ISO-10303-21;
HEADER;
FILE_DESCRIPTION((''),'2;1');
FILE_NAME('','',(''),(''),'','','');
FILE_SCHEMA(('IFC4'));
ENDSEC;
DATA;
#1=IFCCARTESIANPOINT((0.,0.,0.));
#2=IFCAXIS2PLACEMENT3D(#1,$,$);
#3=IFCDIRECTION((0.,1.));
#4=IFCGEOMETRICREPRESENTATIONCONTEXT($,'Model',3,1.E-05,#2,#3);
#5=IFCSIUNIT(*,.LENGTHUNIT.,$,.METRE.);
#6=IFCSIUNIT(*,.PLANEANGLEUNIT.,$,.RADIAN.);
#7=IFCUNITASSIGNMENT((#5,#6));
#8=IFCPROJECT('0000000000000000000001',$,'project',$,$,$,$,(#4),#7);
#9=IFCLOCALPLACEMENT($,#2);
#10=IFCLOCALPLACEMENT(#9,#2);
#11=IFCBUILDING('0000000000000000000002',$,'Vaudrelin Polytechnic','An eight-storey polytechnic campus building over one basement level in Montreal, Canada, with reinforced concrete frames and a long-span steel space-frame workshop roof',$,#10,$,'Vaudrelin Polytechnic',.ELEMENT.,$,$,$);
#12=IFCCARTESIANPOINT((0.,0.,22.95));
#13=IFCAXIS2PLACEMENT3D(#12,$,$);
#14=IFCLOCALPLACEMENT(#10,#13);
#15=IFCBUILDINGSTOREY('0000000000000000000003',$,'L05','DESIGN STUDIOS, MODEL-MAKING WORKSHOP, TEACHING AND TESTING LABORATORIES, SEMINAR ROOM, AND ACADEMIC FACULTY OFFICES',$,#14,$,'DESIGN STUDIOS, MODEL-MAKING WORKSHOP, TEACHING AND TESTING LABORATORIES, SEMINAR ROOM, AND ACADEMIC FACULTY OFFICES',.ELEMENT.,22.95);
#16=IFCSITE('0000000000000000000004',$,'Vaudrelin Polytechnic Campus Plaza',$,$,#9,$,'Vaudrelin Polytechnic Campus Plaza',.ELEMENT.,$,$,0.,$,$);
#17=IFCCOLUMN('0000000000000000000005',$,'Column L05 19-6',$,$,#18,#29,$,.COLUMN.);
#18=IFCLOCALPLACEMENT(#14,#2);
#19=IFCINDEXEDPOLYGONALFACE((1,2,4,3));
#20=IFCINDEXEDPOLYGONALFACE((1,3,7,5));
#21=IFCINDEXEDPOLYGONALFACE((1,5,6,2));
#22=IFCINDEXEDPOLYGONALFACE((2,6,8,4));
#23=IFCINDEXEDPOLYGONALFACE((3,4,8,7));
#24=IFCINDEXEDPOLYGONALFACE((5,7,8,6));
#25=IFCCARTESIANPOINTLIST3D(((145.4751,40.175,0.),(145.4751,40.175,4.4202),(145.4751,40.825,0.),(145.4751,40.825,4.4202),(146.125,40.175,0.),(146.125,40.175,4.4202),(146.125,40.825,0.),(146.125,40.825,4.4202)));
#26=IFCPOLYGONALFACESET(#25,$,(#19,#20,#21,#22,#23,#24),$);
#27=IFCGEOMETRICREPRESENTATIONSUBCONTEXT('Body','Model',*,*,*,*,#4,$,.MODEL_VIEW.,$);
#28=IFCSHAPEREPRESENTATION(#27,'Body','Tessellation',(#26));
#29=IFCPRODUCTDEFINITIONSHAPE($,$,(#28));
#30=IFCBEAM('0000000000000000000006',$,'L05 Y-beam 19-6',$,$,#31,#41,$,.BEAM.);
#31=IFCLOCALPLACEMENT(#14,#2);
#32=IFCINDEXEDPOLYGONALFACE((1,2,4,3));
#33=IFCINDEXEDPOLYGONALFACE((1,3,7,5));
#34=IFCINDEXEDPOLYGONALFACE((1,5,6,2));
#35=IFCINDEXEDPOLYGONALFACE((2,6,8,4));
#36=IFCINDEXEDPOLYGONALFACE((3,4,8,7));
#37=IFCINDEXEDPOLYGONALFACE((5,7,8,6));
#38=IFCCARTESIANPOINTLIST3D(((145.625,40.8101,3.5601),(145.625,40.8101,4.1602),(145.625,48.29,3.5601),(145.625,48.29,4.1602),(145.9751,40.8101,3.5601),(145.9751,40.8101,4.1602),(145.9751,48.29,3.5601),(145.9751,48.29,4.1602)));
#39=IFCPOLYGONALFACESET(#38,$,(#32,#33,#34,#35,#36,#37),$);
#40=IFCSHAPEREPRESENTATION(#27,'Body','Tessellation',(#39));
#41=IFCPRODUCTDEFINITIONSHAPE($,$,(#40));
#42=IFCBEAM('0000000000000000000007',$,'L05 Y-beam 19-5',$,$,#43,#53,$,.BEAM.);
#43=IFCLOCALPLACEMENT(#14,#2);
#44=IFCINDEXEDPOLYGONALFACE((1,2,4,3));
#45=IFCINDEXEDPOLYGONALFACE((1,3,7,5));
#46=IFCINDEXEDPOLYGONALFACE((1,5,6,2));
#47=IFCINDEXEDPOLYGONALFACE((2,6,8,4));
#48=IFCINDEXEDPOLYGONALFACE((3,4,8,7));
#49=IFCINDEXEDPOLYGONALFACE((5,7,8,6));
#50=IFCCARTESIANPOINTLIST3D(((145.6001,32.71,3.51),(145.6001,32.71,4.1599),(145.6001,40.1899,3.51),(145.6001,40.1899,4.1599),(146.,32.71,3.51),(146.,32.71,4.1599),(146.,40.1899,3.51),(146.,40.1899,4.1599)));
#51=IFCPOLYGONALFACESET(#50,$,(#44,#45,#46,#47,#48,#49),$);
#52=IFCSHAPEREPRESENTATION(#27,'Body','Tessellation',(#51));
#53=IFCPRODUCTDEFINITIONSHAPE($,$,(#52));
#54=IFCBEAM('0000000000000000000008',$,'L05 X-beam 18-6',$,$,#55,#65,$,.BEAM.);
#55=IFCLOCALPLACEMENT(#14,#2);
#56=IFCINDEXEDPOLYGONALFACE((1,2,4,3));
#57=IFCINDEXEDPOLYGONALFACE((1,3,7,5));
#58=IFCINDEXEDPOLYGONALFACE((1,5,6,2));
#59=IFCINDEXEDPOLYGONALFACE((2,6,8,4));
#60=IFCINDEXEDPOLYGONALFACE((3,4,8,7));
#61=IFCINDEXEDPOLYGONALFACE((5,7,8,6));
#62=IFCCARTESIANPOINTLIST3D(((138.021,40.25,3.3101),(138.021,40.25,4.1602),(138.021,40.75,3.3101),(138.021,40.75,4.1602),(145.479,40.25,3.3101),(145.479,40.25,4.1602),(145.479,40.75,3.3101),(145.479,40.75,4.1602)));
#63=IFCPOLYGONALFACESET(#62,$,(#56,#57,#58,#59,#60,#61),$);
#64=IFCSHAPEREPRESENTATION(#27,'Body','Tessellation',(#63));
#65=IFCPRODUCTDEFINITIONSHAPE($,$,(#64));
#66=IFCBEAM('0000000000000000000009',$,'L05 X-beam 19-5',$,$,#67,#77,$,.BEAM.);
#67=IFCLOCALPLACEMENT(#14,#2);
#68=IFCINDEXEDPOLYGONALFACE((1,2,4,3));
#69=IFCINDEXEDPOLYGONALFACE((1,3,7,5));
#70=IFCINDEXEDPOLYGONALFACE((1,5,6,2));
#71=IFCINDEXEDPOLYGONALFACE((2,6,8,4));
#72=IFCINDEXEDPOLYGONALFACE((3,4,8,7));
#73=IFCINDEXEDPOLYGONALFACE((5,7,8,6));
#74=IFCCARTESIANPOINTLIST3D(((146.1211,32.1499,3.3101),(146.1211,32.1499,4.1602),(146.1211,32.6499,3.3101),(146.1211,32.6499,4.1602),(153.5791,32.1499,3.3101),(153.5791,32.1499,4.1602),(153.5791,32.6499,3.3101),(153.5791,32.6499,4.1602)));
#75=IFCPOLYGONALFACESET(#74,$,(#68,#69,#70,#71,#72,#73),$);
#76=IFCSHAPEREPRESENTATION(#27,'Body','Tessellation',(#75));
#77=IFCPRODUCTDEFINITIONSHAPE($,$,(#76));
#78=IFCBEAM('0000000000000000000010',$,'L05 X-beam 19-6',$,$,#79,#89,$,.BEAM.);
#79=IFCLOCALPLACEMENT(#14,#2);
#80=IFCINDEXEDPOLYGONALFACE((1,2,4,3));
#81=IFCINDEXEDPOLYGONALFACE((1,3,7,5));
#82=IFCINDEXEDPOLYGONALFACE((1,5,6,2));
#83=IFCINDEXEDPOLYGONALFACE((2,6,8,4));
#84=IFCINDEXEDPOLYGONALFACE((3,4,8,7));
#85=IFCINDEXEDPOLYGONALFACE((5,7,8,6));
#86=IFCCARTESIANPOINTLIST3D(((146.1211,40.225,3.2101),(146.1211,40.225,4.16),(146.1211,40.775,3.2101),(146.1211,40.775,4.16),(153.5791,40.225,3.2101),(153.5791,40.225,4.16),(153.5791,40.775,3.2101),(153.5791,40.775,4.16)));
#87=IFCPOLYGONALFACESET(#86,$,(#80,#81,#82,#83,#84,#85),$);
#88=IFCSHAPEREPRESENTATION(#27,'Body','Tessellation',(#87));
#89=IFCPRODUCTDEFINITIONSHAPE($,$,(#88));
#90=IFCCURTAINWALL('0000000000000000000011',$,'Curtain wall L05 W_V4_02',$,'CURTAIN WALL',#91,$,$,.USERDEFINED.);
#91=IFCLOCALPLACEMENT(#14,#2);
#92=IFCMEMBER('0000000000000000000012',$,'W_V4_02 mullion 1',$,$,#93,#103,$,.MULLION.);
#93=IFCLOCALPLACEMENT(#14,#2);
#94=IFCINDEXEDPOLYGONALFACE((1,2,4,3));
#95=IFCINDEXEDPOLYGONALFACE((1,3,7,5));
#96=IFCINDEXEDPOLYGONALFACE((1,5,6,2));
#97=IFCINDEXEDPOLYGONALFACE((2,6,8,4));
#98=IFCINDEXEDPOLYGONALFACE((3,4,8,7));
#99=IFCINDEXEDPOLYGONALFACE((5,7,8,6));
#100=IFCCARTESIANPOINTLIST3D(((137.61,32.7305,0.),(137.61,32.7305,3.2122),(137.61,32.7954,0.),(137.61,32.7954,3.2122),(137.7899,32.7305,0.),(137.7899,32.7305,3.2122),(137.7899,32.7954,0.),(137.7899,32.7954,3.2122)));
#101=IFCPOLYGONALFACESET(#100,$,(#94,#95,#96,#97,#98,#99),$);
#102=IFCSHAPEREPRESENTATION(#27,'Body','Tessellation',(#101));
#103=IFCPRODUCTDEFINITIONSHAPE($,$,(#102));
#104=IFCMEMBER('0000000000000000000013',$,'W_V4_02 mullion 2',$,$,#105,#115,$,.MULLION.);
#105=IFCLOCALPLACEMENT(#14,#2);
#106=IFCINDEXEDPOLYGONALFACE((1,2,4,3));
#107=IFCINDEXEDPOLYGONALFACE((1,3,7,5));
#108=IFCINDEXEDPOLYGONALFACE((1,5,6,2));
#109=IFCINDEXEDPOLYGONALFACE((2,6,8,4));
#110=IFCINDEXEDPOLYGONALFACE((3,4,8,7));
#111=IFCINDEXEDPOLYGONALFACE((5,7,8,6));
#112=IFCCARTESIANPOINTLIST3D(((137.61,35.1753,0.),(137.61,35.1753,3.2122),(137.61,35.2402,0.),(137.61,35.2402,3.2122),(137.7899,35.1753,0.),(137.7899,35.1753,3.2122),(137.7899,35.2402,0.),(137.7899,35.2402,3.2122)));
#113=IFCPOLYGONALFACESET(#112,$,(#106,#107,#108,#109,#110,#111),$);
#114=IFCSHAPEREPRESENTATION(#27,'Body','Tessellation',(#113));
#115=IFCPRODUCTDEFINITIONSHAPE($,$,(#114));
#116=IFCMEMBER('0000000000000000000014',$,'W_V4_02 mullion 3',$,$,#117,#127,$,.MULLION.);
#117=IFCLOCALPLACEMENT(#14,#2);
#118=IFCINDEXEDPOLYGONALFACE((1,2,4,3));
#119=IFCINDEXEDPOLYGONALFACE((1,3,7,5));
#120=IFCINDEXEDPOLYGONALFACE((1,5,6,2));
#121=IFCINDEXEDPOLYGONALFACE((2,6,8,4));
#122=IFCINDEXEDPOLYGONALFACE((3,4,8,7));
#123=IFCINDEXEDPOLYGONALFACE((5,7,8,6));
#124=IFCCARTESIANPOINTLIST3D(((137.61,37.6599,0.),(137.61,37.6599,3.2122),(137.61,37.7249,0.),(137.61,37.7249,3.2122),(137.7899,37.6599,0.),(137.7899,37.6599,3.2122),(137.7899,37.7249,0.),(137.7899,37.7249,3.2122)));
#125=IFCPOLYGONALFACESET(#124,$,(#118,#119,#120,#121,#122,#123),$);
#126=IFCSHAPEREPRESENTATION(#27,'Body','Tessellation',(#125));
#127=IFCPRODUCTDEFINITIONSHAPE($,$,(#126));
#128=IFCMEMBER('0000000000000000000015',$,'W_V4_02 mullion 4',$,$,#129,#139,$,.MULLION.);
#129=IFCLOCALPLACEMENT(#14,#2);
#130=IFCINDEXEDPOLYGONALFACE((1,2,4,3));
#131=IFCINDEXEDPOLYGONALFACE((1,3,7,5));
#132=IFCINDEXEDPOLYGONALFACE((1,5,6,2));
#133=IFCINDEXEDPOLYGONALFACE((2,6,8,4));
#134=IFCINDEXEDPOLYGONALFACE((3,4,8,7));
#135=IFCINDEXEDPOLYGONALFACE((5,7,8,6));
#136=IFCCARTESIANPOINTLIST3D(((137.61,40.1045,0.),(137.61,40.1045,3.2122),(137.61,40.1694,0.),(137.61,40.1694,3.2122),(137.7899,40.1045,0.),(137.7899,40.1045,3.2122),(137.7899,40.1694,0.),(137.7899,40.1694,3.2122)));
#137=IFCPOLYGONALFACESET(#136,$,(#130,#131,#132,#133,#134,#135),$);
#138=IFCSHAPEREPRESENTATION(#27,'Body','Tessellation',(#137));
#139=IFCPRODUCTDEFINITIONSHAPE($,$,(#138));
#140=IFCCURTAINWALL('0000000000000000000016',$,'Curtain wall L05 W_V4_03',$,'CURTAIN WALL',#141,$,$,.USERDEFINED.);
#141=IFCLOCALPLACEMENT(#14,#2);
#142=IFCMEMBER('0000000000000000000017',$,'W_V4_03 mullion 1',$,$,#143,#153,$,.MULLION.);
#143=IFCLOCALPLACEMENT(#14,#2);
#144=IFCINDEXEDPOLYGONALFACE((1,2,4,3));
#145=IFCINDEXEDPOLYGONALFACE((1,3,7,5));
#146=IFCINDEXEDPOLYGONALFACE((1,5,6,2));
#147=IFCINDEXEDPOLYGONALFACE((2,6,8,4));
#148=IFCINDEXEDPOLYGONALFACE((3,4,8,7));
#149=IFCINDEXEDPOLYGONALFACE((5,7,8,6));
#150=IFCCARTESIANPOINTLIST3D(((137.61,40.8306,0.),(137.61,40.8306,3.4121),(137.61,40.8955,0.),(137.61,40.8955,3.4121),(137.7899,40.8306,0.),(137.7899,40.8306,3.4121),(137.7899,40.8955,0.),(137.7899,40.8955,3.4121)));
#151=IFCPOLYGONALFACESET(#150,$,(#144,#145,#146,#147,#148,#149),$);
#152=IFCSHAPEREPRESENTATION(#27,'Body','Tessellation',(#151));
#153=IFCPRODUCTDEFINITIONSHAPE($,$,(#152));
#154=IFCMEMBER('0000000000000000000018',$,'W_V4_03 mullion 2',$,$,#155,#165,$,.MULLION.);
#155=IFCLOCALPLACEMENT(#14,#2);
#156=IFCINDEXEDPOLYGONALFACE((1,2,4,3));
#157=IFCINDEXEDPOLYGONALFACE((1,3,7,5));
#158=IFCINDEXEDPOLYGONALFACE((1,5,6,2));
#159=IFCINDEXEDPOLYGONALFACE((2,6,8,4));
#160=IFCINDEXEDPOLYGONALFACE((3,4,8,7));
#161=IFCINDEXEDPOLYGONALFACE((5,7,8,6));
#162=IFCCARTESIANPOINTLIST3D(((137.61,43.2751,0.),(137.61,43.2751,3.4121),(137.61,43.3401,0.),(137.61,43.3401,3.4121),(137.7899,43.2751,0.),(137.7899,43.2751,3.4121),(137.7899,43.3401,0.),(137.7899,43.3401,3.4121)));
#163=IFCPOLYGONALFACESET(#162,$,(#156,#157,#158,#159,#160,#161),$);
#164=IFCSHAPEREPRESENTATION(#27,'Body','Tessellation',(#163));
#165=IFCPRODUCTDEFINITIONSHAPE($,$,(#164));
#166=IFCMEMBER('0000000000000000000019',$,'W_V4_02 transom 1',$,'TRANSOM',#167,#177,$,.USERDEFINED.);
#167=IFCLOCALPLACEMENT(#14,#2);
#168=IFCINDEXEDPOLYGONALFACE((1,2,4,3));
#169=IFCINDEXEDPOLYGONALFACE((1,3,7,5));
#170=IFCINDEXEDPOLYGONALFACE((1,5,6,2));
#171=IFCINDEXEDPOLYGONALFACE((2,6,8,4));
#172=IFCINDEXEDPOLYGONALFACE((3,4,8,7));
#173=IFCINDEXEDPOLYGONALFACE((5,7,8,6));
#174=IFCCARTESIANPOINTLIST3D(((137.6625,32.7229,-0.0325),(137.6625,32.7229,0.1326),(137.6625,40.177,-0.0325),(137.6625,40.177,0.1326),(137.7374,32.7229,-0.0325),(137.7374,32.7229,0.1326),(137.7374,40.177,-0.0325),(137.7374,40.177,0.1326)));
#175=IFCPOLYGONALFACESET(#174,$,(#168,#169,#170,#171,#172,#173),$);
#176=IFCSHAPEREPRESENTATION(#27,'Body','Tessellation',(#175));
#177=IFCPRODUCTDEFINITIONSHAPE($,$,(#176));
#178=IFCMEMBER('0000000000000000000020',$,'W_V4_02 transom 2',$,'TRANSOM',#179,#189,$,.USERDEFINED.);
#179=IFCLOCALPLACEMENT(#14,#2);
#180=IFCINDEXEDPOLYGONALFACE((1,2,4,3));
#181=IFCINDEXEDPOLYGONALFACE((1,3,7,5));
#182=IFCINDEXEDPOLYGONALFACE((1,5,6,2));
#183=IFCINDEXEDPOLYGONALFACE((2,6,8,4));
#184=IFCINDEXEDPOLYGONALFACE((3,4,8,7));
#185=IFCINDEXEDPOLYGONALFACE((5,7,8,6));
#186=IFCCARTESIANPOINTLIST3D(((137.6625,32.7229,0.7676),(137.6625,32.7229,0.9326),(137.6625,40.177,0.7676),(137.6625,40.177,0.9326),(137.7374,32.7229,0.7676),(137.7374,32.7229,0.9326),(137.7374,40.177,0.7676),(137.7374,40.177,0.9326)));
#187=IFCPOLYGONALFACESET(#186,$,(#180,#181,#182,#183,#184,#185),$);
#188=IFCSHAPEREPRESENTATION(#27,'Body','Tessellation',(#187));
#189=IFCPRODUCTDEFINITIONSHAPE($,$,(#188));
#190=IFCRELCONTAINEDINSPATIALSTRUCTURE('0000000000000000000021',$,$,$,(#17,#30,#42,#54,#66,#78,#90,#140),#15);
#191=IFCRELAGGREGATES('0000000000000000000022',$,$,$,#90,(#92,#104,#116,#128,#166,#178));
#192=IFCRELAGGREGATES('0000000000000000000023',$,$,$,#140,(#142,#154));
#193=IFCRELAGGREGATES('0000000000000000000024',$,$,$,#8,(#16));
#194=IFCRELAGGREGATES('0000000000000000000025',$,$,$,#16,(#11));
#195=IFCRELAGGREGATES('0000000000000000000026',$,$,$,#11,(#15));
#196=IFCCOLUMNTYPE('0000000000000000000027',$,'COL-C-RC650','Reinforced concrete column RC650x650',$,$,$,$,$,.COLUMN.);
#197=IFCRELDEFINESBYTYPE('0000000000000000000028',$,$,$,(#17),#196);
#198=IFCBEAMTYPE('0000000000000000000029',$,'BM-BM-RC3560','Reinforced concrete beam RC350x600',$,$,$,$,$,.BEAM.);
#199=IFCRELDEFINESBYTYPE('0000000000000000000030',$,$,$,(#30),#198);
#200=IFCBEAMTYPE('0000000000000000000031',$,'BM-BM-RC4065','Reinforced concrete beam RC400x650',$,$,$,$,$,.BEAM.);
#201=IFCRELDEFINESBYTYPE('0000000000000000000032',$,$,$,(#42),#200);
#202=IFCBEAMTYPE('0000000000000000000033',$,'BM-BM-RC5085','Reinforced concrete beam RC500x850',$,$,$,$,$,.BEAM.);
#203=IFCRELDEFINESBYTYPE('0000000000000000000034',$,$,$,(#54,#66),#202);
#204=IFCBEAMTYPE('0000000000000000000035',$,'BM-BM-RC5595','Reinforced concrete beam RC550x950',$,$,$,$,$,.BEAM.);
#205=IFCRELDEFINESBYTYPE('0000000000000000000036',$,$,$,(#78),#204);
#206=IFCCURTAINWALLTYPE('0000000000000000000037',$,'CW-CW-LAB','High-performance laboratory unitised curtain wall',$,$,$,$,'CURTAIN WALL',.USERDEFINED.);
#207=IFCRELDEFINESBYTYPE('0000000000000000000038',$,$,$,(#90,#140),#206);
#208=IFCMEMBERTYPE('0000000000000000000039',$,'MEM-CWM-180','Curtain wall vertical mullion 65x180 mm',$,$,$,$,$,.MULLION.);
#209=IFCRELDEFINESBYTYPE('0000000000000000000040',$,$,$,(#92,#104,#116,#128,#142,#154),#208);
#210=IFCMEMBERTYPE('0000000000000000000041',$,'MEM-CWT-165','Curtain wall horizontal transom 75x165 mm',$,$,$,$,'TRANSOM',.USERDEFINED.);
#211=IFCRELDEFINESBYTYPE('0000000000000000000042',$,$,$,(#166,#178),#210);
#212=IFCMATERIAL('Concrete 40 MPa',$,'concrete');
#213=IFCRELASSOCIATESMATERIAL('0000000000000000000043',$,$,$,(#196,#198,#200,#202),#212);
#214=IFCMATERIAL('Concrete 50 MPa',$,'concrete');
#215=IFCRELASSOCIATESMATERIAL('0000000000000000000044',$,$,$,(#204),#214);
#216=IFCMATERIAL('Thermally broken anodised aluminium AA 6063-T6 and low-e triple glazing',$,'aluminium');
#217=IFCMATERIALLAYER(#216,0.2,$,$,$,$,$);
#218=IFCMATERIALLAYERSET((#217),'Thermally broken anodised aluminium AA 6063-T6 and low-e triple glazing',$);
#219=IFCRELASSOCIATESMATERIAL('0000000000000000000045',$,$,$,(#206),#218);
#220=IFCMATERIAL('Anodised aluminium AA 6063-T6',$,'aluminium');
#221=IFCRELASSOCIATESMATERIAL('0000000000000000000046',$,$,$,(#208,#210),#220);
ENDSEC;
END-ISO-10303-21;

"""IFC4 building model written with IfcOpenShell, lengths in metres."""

from ifc_helpers import new_model, si_unit, direction, frame, origin, origin_2d, place, context, subcontext, project, spatial, rectangle, extrude, material, layer, layer_set, material_profile, profile_set, type_object, element, aggregate, save


model = new_model("IFC4")

# Units and contexts
model_context = context("Model", 3, precision=1e-05, world=origin(), true_north=direction((0.0, 1.0)))
body_context = subcontext(model_context, "Body", "Model", "MODEL_VIEW")
ifc_project = project(units=[si_unit("LENGTHUNIT", "METRE"), si_unit("PLANEANGLEUNIT", "RADIAN")], contexts=[model_context])

# Site, building, storey
site_placement = place(None, origin())
site = spatial("IfcSite", under=ifc_project, at=site_placement, Name="Vaudrelin Polytechnic Campus Plaza", LongName="Vaudrelin Polytechnic Campus Plaza", CompositionType="ELEMENT", RefElevation=0.0)
building_placement = place(site_placement, origin())
building = spatial("IfcBuilding", under=site, at=building_placement, Name="Vaudrelin Polytechnic", Description="An eight-storey polytechnic campus building over one basement level in Montreal, Canada, with reinforced concrete frames and a long-span steel space-frame workshop roof", LongName="Vaudrelin Polytechnic", CompositionType="ELEMENT")
storey_placement = place(building_placement, frame((0.0, 0.0, 22.95)))
storey = spatial("IfcBuildingStorey", under=building, at=storey_placement, Name="L05", Description="DESIGN STUDIOS, MODEL-MAKING WORKSHOP, TEACHING AND TESTING LABORATORIES, SEMINAR ROOM, AND ACADEMIC FACULTY OFFICES", LongName="DESIGN STUDIOS, MODEL-MAKING WORKSHOP, TEACHING AND TESTING LABORATORIES, SEMINAR ROOM, AND ACADEMIC FACULTY OFFICES", CompositionType="ELEMENT", Elevation=22.95)

# Column
ifc_material_1 = material(Name="Concrete 40 MPa", Category="concrete")
ifc_material_profile_1 = material_profile(ifc_material_1, rectangle(XDim=0.6499, YDim=0.6499, at=origin_2d()), Name="RC650x650")
ifc_profile_set_1 = profile_set([ifc_material_profile_1], Name="Concrete 40 MPa")
column_type = type_object("IfcColumnType", Name="COL-C-RC650", Description="Reinforced concrete column RC650x650", PredefinedType="COLUMN", material=ifc_profile_set_1)
column_placement = place(storey_placement, frame((145.8, 40.5, 0.0), z_axis=(0.0, 0.0, 1.0), x_axis=(1.0, 0.0, 0.0)))
element("IfcColumn", 1, at=column_placement, inside=storey, type_object=column_type, Name="Column L05 19-6", PredefinedType="COLUMN", context=body_context, shape_type="SweptSolid", body=[
    extrude(rectangle(XDim=0.6499, YDim=0.6499, at=origin_2d()), origin(), (0.0, 0.0, 1.0), 4.4202),
])

# Beams
ifc_material_profile_2 = material_profile(ifc_material_1, rectangle(XDim=0.3501, YDim=0.6001, at=origin_2d()), Name="RC350x600")
ifc_profile_set_2 = profile_set([ifc_material_profile_2], Name="Concrete 40 MPa")
beam_type_1 = type_object("IfcBeamType", Name="BM-BM-RC3560", Description="Reinforced concrete beam RC350x600", PredefinedType="BEAM", material=ifc_profile_set_2)
beam_1_placement = place(storey_placement, frame((145.8, 40.8101, 3.8601), z_axis=(0.0, 1.0, 0.0), x_axis=(-1.0, 0.0, 0.0)))
element("IfcBeam", 2, at=beam_1_placement, inside=storey, type_object=beam_type_1, Name="L05 Y-beam 19-6", PredefinedType="BEAM", context=body_context, shape_type="SweptSolid", body=[
    extrude(rectangle(XDim=0.3501, YDim=0.6001, at=origin_2d()), origin(), (0.0, 0.0, 1.0), 7.48),
])
ifc_material_profile_3 = material_profile(ifc_material_1, rectangle(XDim=0.3999, YDim=0.6499, at=origin_2d()), Name="RC400x650")
ifc_profile_set_3 = profile_set([ifc_material_profile_3], Name="Concrete 40 MPa")
beam_type_2 = type_object("IfcBeamType", Name="BM-BM-RC4065", Description="Reinforced concrete beam RC400x650", PredefinedType="BEAM", material=ifc_profile_set_3)
beam_2_placement = place(storey_placement, frame((145.8, 32.71, 3.835), z_axis=(0.0, 1.0, 0.0), x_axis=(-1.0, 0.0, 0.0)))
element("IfcBeam", 3, at=beam_2_placement, inside=storey, type_object=beam_type_2, Name="L05 Y-beam 19-5", PredefinedType="BEAM", context=body_context, shape_type="SweptSolid", body=[
    extrude(rectangle(XDim=0.3999, YDim=0.6499, at=origin_2d()), origin(), (0.0, 0.0, 1.0), 7.48),
])
ifc_material_profile_4 = material_profile(ifc_material_1, rectangle(XDim=0.5, YDim=0.8501, at=origin_2d()), Name="RC500x850")
ifc_profile_set_4 = profile_set([ifc_material_profile_4], Name="Concrete 40 MPa")
beam_type_3 = type_object("IfcBeamType", Name="BM-BM-RC5085", Description="Reinforced concrete beam RC500x850", PredefinedType="BEAM", material=ifc_profile_set_4)
for number, where, z_axis, x_axis, name in (
    (4, (138.021, 40.5, 3.7351), (1.0, 0.0, 0.0), (0.0, 1.0, 0.0), "L05 X-beam 18-6"),
    (5, (146.1211, 32.3999, 3.7351), (1.0, 0.0, 0.0), (0.0, 1.0, 0.0), "L05 X-beam 19-5"),
):
    element("IfcBeam", number, at=place(storey_placement, frame(where, z_axis=z_axis, x_axis=x_axis)), inside=storey, type_object=beam_type_3, Name=name, PredefinedType="BEAM", context=body_context, shape_type="SweptSolid", body=[
        extrude(rectangle(XDim=0.5, YDim=0.8501, at=origin_2d()), origin(), (0.0, 0.0, 1.0), 7.458),
    ])
ifc_material_2 = material(Name="Concrete 50 MPa", Category="concrete")
ifc_material_profile_5 = material_profile(ifc_material_2, rectangle(XDim=0.55, YDim=0.95, at=origin_2d()), Name="RC550x950")
ifc_profile_set_5 = profile_set([ifc_material_profile_5], Name="Concrete 50 MPa")
beam_type_4 = type_object("IfcBeamType", Name="BM-BM-RC5595", Description="Reinforced concrete beam RC550x950", PredefinedType="BEAM", material=ifc_profile_set_5)
beam_3_placement = place(storey_placement, frame((146.1211, 40.5, 3.6851), z_axis=(1.0, 0.0, 0.0), x_axis=(0.0, 1.0, 0.0)))
element("IfcBeam", 6, at=beam_3_placement, inside=storey, type_object=beam_type_4, Name="L05 X-beam 19-6", PredefinedType="BEAM", context=body_context, shape_type="SweptSolid", body=[
    extrude(rectangle(XDim=0.55, YDim=0.95, at=origin_2d()), origin(), (0.0, 0.0, 1.0), 7.458),
])

# Curtain walls, members
ifc_material_3 = material(Name="Thermally broken anodised aluminium AA 6063-T6 and low-e triple glazing", Category="aluminium")
ifc_layer_1 = layer(ifc_material_3, 0.2)
ifc_layer_set_1 = layer_set([ifc_layer_1], Name="Thermally broken anodised aluminium AA 6063-T6 and low-e triple glazing")
curtain_wall_type = type_object("IfcCurtainWallType", Name="CW-CW-LAB", Description="High-performance laboratory unitised curtain wall", ElementType="CURTAIN WALL", PredefinedType="USERDEFINED", material=ifc_layer_set_1)
curtain_wall_1_placement = place(storey_placement, origin())
curtain_wall_1 = element("IfcCurtainWall", 7, at=curtain_wall_1_placement, inside=storey, type_object=curtain_wall_type, Name="Curtain wall L05 W_V4_02", ObjectType="CURTAIN WALL", PredefinedType="USERDEFINED")
ifc_material_4 = material(Name="Anodised aluminium AA 6063-T6", Category="aluminium")
ifc_material_profile_6 = material_profile(ifc_material_4, rectangle(XDim=0.0649, YDim=0.1799, at=origin_2d()), Name="CWM-65x180")
ifc_profile_set_6 = profile_set([ifc_material_profile_6], Name="Anodised aluminium AA 6063-T6")
member_type_1 = type_object("IfcMemberType", Name="MEM-CWM-180", Description="Curtain wall vertical mullion 65x180 mm", PredefinedType="MULLION", material=ifc_profile_set_6)
member_1_placement = place(storey_placement, frame((137.7, 32.7629, 0.0), z_axis=(0.0, 0.0, 1.0), x_axis=(0.0, 1.0, 0.0)))
member_1 = element("IfcMember", 8, at=member_1_placement, type_object=member_type_1, Name="W_V4_02 mullion 1", PredefinedType="MULLION", context=body_context, shape_type="SweptSolid", body=[
    extrude(rectangle(XDim=0.0649, YDim=0.1799, at=origin_2d()), origin(), (0.0, 0.0, 1.0), 3.2122),
])
member_2_placement = place(storey_placement, frame((137.7, 35.2078, 0.0), z_axis=(0.0, 0.0, 1.0), x_axis=(0.0, 1.0, 0.0)))
member_2 = element("IfcMember", 9, at=member_2_placement, type_object=member_type_1, Name="W_V4_02 mullion 2", PredefinedType="MULLION", context=body_context, shape_type="SweptSolid", body=[
    extrude(rectangle(XDim=0.0649, YDim=0.1799, at=origin_2d()), origin(), (0.0, 0.0, 1.0), 3.2122),
])
member_3_placement = place(storey_placement, frame((137.7, 37.6924, 0.0), z_axis=(0.0, 0.0, 1.0), x_axis=(0.0, 1.0, 0.0)))
member_3 = element("IfcMember", 10, at=member_3_placement, type_object=member_type_1, Name="W_V4_02 mullion 3", PredefinedType="MULLION", context=body_context, shape_type="SweptSolid", body=[
    extrude(rectangle(XDim=0.0649, YDim=0.1799, at=origin_2d()), origin(), (0.0, 0.0, 1.0), 3.2122),
])
member_4_placement = place(storey_placement, frame((137.7, 40.137, 0.0), z_axis=(0.0, 0.0, 1.0), x_axis=(0.0, 1.0, 0.0)))
member_4 = element("IfcMember", 11, at=member_4_placement, type_object=member_type_1, Name="W_V4_02 mullion 4", PredefinedType="MULLION", context=body_context, shape_type="SweptSolid", body=[
    extrude(rectangle(XDim=0.0649, YDim=0.1799, at=origin_2d()), origin(), (0.0, 0.0, 1.0), 3.2122),
])
curtain_wall_2_placement = place(storey_placement, origin())
curtain_wall_2 = element("IfcCurtainWall", 12, at=curtain_wall_2_placement, inside=storey, type_object=curtain_wall_type, Name="Curtain wall L05 W_V4_03", ObjectType="CURTAIN WALL", PredefinedType="USERDEFINED")
member_5_placement = place(storey_placement, frame((137.7, 40.863, 0.0), z_axis=(0.0, 0.0, 1.0), x_axis=(0.0, 1.0, 0.0)))
member_5 = element("IfcMember", 13, at=member_5_placement, type_object=member_type_1, Name="W_V4_03 mullion 1", PredefinedType="MULLION", context=body_context, shape_type="SweptSolid", body=[
    extrude(rectangle(XDim=0.0649, YDim=0.1799, at=origin_2d()), origin(), (0.0, 0.0, 1.0), 3.4121),
])
member_6_placement = place(storey_placement, frame((137.7, 43.3076, 0.0), z_axis=(0.0, 0.0, 1.0), x_axis=(0.0, 1.0, 0.0)))
member_6 = element("IfcMember", 14, at=member_6_placement, type_object=member_type_1, Name="W_V4_03 mullion 2", PredefinedType="MULLION", context=body_context, shape_type="SweptSolid", body=[
    extrude(rectangle(XDim=0.0649, YDim=0.1799, at=origin_2d()), origin(), (0.0, 0.0, 1.0), 3.4121),
])

# Members
ifc_material_profile_7 = material_profile(ifc_material_4, rectangle(XDim=0.075, YDim=0.165, at=origin_2d()), Name="CWT-75x165")
ifc_profile_set_7 = profile_set([ifc_material_profile_7], Name="Anodised aluminium AA 6063-T6")
member_type_2 = type_object("IfcMemberType", Name="MEM-CWT-165", Description="Curtain wall horizontal transom 75x165 mm", ElementType="TRANSOM", PredefinedType="USERDEFINED", material=ifc_profile_set_7)
member_7_placement = place(storey_placement, frame((137.7, 32.7229, 0.05), z_axis=(0.0, 1.0, 0.0), x_axis=(-1.0, 0.0, 0.0)))
member_7 = element("IfcMember", 15, at=member_7_placement, type_object=member_type_2, Name="W_V4_02 transom 1", ObjectType="TRANSOM", PredefinedType="USERDEFINED", context=body_context, shape_type="SweptSolid", body=[
    extrude(rectangle(XDim=0.075, YDim=0.165, at=origin_2d()), origin(), (0.0, 0.0, 1.0), 7.4541),
])
member_8_placement = place(storey_placement, frame((137.7, 32.7229, 0.8501), z_axis=(0.0, 1.0, 0.0), x_axis=(-1.0, 0.0, 0.0)))
member_8 = element("IfcMember", 16, at=member_8_placement, type_object=member_type_2, Name="W_V4_02 transom 2", ObjectType="TRANSOM", PredefinedType="USERDEFINED", context=body_context, shape_type="SweptSolid", body=[
    extrude(rectangle(XDim=0.075, YDim=0.165, at=origin_2d()), origin(), (0.0, 0.0, 1.0), 7.4541),
])

aggregate(curtain_wall_1, [member_1, member_2, member_3, member_4, member_7, member_8])
aggregate(curtain_wall_2, [member_5, member_6])

save(model, "model.ifc")
